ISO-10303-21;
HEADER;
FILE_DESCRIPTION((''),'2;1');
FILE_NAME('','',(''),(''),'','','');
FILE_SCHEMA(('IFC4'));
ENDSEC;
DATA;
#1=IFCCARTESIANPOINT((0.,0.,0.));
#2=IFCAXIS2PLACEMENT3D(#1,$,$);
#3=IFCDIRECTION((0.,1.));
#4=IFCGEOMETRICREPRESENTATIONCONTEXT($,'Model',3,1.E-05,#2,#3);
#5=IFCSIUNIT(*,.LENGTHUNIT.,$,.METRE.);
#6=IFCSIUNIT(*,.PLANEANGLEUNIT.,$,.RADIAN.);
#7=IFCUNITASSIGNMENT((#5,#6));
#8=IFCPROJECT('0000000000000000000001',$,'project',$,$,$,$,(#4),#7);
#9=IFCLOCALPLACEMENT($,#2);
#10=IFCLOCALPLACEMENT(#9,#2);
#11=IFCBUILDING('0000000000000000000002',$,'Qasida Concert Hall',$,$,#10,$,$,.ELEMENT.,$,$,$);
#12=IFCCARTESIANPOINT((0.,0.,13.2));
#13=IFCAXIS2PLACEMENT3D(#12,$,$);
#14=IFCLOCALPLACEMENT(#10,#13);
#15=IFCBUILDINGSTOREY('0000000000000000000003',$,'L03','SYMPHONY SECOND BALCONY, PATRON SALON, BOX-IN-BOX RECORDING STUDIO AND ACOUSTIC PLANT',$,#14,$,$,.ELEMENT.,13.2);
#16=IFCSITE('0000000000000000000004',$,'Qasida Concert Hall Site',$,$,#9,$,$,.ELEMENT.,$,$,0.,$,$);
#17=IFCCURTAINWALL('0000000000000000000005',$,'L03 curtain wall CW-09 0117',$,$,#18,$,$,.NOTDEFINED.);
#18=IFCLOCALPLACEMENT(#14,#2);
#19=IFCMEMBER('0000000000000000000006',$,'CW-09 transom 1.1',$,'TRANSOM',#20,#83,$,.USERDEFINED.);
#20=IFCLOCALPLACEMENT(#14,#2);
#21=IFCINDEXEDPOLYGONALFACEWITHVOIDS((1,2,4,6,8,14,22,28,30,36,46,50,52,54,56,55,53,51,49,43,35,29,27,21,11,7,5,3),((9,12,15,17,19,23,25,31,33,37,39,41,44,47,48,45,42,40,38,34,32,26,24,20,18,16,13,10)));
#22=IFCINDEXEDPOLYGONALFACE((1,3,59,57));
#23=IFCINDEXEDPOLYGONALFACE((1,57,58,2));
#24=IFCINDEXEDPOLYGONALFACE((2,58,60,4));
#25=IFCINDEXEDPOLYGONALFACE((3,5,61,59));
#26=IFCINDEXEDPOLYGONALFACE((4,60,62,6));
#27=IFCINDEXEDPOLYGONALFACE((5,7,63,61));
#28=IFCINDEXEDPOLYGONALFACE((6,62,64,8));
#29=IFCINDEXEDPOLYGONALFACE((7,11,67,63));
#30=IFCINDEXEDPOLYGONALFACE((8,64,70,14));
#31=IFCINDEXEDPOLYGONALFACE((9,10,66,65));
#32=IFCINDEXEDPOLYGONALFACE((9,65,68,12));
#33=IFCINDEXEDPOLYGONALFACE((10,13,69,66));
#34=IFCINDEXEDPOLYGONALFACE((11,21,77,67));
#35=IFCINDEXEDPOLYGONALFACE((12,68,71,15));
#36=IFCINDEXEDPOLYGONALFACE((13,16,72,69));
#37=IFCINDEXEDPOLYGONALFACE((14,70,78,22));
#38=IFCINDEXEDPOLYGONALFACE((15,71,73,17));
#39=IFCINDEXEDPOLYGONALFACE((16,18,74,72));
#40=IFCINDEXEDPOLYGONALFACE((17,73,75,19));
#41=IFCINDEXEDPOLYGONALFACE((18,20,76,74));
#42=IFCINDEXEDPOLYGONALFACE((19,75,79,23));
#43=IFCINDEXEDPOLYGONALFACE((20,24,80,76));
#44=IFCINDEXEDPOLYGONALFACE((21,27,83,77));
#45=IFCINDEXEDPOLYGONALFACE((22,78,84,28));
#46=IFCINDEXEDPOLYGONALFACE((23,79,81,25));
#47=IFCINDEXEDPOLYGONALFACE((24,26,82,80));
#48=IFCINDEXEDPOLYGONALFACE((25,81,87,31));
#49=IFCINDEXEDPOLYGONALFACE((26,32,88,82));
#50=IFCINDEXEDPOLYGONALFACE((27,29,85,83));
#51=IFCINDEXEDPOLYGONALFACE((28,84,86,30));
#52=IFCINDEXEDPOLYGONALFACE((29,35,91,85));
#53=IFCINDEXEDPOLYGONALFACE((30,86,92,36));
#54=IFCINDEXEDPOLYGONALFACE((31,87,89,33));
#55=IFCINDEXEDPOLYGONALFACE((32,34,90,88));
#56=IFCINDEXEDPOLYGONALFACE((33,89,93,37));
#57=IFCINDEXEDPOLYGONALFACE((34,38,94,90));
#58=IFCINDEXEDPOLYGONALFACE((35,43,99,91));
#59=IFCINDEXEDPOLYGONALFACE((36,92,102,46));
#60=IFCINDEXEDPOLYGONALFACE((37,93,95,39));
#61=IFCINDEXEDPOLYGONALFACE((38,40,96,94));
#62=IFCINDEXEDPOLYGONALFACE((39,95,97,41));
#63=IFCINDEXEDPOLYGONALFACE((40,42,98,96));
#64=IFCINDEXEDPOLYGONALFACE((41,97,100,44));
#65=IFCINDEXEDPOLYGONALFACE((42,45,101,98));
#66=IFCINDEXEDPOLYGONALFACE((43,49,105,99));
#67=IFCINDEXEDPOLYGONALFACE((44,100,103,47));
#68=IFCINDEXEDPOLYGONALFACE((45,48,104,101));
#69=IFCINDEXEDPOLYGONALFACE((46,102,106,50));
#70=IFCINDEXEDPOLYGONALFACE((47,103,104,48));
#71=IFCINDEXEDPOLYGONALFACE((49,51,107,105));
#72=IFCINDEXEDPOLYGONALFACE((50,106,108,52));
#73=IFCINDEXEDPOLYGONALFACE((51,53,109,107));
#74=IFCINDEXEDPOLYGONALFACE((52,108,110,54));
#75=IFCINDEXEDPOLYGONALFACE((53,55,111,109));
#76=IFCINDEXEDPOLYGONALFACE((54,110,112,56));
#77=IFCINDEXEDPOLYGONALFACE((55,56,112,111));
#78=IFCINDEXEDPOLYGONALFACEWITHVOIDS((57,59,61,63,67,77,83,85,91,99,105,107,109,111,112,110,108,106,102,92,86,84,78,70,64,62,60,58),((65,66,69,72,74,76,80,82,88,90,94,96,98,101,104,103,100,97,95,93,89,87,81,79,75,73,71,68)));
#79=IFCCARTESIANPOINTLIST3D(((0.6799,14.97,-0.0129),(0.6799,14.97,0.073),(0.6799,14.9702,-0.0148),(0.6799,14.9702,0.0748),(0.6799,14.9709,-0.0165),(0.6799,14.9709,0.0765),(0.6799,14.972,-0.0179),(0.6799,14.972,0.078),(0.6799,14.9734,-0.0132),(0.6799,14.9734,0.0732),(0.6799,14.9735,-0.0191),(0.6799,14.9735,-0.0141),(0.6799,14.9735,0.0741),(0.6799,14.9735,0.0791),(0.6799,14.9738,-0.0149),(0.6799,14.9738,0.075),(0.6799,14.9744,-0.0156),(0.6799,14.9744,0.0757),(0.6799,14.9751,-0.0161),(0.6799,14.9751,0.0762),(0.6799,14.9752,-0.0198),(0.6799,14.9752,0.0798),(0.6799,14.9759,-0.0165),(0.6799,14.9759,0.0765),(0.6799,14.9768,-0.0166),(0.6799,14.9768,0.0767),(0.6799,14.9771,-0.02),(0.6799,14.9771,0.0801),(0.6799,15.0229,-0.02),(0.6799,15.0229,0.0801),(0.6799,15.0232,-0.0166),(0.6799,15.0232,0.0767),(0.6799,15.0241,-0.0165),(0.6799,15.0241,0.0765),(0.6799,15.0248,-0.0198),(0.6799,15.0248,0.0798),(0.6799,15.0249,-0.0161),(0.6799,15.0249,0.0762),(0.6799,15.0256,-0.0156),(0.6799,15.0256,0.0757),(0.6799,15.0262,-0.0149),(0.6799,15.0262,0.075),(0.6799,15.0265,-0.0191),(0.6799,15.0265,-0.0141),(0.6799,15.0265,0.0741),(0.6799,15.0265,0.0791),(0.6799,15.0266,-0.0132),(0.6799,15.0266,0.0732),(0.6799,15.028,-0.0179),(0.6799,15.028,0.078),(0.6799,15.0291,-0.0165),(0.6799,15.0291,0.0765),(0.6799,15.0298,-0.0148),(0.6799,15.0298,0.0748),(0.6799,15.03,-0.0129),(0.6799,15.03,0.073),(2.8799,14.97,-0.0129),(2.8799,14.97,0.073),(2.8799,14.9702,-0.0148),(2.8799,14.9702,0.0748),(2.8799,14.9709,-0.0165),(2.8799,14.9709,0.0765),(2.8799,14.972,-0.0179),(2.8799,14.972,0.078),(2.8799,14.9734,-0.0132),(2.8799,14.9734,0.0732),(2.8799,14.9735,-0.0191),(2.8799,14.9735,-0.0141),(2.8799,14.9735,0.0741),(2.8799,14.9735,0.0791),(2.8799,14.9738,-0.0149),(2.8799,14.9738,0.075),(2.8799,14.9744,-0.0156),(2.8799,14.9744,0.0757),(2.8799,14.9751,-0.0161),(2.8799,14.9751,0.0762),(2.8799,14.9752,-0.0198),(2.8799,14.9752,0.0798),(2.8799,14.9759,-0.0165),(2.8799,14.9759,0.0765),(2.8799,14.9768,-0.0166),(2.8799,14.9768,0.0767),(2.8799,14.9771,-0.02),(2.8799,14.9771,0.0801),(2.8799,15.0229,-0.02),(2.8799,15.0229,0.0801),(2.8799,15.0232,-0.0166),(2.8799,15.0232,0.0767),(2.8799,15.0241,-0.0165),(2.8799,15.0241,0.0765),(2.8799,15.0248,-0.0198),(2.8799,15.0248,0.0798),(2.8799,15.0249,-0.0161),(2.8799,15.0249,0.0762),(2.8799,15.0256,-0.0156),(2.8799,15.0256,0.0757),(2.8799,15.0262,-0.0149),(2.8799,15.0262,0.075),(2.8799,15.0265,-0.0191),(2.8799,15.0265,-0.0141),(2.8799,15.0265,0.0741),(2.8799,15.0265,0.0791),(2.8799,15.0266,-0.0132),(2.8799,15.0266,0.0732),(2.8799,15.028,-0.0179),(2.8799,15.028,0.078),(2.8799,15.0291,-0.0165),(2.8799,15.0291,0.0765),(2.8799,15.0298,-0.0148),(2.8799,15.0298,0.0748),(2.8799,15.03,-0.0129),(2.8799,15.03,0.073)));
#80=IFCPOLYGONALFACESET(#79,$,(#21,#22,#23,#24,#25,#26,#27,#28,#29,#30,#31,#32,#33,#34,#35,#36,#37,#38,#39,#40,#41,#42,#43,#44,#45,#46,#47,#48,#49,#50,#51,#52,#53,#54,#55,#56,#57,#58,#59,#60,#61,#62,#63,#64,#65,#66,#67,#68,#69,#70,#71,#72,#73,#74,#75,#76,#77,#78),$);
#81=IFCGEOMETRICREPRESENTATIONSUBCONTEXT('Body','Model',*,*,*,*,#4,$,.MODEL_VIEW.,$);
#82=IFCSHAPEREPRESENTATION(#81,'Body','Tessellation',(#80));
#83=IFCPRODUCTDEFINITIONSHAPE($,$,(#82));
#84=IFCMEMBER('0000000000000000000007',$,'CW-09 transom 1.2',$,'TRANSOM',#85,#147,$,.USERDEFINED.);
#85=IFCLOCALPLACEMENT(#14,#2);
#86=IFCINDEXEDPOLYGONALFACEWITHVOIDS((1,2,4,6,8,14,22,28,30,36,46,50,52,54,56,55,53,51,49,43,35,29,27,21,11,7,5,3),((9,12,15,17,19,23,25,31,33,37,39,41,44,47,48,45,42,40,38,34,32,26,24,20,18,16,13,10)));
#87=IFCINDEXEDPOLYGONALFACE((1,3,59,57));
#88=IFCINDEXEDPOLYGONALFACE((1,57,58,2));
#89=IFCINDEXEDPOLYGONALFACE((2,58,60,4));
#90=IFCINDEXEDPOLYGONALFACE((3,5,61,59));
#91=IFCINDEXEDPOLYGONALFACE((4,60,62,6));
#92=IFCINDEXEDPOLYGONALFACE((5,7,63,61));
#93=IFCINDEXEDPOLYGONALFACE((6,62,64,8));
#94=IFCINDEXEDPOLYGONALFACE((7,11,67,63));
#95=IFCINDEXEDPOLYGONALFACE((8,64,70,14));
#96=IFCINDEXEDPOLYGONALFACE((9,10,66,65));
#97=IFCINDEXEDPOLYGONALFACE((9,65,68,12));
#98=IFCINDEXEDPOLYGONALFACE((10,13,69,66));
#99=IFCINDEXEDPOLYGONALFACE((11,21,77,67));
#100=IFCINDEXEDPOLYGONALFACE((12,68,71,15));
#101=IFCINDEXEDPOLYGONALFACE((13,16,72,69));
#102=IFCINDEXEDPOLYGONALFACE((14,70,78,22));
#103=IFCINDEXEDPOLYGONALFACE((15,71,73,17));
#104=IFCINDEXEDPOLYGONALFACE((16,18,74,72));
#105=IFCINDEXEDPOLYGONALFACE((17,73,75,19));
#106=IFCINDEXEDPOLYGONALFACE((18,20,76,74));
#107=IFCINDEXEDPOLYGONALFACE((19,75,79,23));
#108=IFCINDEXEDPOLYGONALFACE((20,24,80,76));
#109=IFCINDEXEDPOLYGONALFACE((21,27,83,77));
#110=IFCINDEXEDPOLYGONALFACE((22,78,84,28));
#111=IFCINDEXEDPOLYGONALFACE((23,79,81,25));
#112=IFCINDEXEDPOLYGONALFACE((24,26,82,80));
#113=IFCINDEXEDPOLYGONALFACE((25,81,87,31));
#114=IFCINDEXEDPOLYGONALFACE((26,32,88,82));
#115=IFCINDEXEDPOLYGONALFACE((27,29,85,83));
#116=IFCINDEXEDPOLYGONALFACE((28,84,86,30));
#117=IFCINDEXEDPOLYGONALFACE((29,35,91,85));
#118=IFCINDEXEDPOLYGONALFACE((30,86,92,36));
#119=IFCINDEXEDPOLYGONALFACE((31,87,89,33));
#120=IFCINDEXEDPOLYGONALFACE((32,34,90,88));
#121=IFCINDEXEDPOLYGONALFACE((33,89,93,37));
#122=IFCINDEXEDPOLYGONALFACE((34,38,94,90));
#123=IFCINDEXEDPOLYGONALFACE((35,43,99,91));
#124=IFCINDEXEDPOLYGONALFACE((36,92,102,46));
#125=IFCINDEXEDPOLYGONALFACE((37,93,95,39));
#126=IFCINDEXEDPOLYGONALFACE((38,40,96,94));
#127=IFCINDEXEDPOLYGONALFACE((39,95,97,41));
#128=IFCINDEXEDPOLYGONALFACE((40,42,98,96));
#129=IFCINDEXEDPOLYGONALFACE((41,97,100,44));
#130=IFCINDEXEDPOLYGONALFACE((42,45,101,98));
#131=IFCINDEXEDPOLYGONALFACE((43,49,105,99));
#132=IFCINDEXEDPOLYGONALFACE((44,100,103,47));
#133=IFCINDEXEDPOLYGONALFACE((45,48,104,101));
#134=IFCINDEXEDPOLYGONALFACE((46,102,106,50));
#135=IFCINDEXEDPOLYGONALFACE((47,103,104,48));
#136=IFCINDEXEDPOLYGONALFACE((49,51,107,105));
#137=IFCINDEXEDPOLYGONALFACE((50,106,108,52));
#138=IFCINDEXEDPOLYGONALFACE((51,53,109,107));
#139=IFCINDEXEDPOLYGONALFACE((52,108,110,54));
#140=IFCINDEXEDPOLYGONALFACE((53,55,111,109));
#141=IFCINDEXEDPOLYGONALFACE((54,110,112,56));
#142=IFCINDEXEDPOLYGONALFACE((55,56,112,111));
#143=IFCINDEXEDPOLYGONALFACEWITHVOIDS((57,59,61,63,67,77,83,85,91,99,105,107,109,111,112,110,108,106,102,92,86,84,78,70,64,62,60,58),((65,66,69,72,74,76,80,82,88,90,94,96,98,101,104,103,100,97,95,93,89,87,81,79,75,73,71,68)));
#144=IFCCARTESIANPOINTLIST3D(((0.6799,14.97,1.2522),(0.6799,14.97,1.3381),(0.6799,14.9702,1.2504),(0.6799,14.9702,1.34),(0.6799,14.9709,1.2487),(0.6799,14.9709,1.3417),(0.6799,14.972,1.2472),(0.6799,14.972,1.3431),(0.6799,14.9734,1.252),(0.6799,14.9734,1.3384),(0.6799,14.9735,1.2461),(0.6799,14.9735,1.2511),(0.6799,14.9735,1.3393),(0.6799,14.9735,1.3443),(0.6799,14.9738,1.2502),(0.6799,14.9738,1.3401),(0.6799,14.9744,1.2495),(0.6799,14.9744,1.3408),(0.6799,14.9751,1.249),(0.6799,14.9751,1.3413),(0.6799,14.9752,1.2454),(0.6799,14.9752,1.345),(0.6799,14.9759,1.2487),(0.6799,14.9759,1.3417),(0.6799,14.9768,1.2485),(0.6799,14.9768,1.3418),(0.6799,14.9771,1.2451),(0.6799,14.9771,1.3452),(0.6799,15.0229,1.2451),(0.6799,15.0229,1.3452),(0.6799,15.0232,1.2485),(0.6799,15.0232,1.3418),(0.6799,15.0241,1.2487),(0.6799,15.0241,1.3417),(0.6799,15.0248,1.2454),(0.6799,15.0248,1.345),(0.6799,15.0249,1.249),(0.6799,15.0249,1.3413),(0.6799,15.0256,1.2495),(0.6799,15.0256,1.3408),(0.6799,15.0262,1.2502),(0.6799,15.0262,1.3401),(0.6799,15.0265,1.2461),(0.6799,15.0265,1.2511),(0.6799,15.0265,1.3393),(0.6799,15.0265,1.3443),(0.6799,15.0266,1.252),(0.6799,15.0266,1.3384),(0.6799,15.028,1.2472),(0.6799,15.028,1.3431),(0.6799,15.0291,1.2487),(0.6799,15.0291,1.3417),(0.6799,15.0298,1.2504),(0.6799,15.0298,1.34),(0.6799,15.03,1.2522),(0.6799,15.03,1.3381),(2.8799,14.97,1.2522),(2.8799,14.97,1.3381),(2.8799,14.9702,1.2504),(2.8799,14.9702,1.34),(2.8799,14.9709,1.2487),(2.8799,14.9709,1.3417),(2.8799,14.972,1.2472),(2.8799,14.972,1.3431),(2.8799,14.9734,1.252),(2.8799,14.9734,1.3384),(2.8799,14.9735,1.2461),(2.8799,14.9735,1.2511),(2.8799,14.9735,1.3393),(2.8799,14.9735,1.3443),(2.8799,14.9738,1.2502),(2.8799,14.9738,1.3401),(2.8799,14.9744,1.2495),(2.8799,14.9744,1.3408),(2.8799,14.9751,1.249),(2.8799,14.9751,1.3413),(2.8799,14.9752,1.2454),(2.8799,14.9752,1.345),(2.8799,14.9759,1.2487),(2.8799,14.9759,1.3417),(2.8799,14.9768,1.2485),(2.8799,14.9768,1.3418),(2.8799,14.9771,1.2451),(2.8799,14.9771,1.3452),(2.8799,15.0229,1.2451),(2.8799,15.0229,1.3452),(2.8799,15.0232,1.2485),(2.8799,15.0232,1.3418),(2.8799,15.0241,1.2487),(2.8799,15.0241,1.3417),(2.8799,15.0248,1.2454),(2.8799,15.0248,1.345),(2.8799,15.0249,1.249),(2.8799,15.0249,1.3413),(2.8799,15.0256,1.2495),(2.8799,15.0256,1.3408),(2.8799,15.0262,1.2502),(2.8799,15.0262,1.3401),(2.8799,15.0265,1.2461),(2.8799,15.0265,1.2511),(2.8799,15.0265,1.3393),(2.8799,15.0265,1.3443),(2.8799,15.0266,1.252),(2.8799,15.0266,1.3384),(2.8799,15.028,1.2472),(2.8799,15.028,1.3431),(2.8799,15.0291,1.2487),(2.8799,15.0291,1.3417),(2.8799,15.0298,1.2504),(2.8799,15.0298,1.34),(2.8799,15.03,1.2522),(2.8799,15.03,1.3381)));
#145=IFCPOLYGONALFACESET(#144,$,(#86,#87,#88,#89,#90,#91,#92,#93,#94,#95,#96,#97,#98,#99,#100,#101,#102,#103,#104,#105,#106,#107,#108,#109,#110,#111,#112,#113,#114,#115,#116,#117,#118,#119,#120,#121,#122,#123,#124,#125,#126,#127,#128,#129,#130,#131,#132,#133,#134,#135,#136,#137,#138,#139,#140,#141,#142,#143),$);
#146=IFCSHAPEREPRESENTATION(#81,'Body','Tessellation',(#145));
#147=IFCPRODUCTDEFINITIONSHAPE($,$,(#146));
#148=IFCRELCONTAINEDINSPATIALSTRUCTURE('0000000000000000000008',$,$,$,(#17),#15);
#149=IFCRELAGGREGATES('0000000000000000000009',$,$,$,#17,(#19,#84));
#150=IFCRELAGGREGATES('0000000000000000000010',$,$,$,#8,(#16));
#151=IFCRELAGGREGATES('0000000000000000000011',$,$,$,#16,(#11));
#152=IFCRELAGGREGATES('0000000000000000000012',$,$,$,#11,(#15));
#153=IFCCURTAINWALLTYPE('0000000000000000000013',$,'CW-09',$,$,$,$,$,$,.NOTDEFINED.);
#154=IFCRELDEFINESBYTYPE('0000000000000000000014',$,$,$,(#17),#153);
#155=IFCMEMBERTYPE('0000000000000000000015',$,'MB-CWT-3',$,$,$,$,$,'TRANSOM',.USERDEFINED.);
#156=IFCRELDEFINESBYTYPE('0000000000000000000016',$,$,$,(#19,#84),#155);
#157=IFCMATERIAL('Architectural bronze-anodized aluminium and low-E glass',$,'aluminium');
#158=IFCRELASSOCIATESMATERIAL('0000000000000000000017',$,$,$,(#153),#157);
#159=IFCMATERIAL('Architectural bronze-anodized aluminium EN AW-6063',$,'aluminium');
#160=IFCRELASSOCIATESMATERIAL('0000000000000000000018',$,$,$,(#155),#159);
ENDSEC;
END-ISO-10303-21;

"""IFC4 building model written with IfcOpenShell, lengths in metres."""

from ifc_helpers import new_model, si_unit, direction, frame, origin, origin_2d, place, context, subcontext, project, spatial, hollow_rectangle, extrude, material, material_profile, profile_set, type_object, element, aggregate, save


model = new_model("IFC4")

# Units and contexts
model_context = context("Model", 3, precision=1e-05, world=origin(), true_north=direction((0.0, 1.0)))
body_context = subcontext(model_context, "Body", "Model", "MODEL_VIEW")
ifc_project = project(units=[si_unit("LENGTHUNIT", "METRE"), si_unit("PLANEANGLEUNIT", "RADIAN")], contexts=[model_context])

# Site, building, storey
site_placement = place(None, origin())
site = spatial("IfcSite", under=ifc_project, at=site_placement, Name="Qasida Concert Hall Site", CompositionType="ELEMENT", RefElevation=0.0)
building_placement = place(site_placement, origin())
building = spatial("IfcBuilding", under=site, at=building_placement, Name="Qasida Concert Hall", CompositionType="ELEMENT")
storey_placement = place(building_placement, frame((0.0, 0.0, 13.2)))
storey = spatial("IfcBuildingStorey", under=building, at=storey_placement, Name="L03", Description="SYMPHONY SECOND BALCONY, PATRON SALON, BOX-IN-BOX RECORDING STUDIO AND ACOUSTIC PLANT", CompositionType="ELEMENT", Elevation=13.2)

# Curtain wall, members
ifc_material_1 = material(Name="Architectural bronze-anodized aluminium and low-E glass", Category="aluminium")
curtain_wall_type = type_object("IfcCurtainWallType", Name="CW-09", PredefinedType="NOTDEFINED", material=ifc_material_1)
curtain_wall_placement = place(storey_placement, origin())
curtain_wall = element("IfcCurtainWall", 1, at=curtain_wall_placement, inside=storey, type_object=curtain_wall_type, Name="L03 curtain wall CW-09 0117", PredefinedType="NOTDEFINED")
ifc_material_2 = material(Name="Architectural bronze-anodized aluminium EN AW-6063", Category="aluminium")
ifc_material_profile_1 = material_profile(ifc_material_2, hollow_rectangle(XDim=0.0601, YDim=0.1001, WallThickness=0.0034, InnerFilletRadius=0.0034, OuterFilletRadius=0.0071, at=origin_2d()), Name="CWT 100x60x3.5")
ifc_profile_set_1 = profile_set([ifc_material_profile_1], Name="Architectural bronze-anodized aluminium EN AW-6063")
member_type_1 = type_object("IfcMemberType", Name="MB-CWT-3", ElementType="TRANSOM", PredefinedType="USERDEFINED", material=ifc_profile_set_1)
member_1_placement = place(storey_placement, frame((0.6799, 15.0, 0.03), z_axis=(1.0, 0.0, 0.0), x_axis=(0.0, 1.0, 0.0)))
member_1 = element("IfcMember", 2, at=member_1_placement, type_object=member_type_1, Name="CW-09 transom 1.1", ObjectType="TRANSOM", PredefinedType="USERDEFINED", context=body_context, shape_type="SweptSolid", body=[
    extrude(hollow_rectangle(XDim=0.0601, YDim=0.1001, WallThickness=0.0034, InnerFilletRadius=0.0034, OuterFilletRadius=0.0071, at=origin_2d()), origin(), (0.0, 0.0, 1.0), 2.2),
])
member_2_placement = place(storey_placement, frame((0.6799, 15.0, 1.2952), z_axis=(1.0, 0.0, 0.0), x_axis=(0.0, 1.0, 0.0)))
member_2 = element("IfcMember", 3, at=member_2_placement, type_object=member_type_1, Name="CW-09 transom 1.2", ObjectType="TRANSOM", PredefinedType="USERDEFINED", context=body_context, shape_type="SweptSolid", body=[
    extrude(hollow_rectangle(XDim=0.0601, YDim=0.1001, WallThickness=0.0034, InnerFilletRadius=0.0034, OuterFilletRadius=0.0071, at=origin_2d()), origin(), (0.0, 0.0, 1.0), 2.2),
])
aggregate(curtain_wall, [member_1, member_2])

save(model, "model.ifc")
